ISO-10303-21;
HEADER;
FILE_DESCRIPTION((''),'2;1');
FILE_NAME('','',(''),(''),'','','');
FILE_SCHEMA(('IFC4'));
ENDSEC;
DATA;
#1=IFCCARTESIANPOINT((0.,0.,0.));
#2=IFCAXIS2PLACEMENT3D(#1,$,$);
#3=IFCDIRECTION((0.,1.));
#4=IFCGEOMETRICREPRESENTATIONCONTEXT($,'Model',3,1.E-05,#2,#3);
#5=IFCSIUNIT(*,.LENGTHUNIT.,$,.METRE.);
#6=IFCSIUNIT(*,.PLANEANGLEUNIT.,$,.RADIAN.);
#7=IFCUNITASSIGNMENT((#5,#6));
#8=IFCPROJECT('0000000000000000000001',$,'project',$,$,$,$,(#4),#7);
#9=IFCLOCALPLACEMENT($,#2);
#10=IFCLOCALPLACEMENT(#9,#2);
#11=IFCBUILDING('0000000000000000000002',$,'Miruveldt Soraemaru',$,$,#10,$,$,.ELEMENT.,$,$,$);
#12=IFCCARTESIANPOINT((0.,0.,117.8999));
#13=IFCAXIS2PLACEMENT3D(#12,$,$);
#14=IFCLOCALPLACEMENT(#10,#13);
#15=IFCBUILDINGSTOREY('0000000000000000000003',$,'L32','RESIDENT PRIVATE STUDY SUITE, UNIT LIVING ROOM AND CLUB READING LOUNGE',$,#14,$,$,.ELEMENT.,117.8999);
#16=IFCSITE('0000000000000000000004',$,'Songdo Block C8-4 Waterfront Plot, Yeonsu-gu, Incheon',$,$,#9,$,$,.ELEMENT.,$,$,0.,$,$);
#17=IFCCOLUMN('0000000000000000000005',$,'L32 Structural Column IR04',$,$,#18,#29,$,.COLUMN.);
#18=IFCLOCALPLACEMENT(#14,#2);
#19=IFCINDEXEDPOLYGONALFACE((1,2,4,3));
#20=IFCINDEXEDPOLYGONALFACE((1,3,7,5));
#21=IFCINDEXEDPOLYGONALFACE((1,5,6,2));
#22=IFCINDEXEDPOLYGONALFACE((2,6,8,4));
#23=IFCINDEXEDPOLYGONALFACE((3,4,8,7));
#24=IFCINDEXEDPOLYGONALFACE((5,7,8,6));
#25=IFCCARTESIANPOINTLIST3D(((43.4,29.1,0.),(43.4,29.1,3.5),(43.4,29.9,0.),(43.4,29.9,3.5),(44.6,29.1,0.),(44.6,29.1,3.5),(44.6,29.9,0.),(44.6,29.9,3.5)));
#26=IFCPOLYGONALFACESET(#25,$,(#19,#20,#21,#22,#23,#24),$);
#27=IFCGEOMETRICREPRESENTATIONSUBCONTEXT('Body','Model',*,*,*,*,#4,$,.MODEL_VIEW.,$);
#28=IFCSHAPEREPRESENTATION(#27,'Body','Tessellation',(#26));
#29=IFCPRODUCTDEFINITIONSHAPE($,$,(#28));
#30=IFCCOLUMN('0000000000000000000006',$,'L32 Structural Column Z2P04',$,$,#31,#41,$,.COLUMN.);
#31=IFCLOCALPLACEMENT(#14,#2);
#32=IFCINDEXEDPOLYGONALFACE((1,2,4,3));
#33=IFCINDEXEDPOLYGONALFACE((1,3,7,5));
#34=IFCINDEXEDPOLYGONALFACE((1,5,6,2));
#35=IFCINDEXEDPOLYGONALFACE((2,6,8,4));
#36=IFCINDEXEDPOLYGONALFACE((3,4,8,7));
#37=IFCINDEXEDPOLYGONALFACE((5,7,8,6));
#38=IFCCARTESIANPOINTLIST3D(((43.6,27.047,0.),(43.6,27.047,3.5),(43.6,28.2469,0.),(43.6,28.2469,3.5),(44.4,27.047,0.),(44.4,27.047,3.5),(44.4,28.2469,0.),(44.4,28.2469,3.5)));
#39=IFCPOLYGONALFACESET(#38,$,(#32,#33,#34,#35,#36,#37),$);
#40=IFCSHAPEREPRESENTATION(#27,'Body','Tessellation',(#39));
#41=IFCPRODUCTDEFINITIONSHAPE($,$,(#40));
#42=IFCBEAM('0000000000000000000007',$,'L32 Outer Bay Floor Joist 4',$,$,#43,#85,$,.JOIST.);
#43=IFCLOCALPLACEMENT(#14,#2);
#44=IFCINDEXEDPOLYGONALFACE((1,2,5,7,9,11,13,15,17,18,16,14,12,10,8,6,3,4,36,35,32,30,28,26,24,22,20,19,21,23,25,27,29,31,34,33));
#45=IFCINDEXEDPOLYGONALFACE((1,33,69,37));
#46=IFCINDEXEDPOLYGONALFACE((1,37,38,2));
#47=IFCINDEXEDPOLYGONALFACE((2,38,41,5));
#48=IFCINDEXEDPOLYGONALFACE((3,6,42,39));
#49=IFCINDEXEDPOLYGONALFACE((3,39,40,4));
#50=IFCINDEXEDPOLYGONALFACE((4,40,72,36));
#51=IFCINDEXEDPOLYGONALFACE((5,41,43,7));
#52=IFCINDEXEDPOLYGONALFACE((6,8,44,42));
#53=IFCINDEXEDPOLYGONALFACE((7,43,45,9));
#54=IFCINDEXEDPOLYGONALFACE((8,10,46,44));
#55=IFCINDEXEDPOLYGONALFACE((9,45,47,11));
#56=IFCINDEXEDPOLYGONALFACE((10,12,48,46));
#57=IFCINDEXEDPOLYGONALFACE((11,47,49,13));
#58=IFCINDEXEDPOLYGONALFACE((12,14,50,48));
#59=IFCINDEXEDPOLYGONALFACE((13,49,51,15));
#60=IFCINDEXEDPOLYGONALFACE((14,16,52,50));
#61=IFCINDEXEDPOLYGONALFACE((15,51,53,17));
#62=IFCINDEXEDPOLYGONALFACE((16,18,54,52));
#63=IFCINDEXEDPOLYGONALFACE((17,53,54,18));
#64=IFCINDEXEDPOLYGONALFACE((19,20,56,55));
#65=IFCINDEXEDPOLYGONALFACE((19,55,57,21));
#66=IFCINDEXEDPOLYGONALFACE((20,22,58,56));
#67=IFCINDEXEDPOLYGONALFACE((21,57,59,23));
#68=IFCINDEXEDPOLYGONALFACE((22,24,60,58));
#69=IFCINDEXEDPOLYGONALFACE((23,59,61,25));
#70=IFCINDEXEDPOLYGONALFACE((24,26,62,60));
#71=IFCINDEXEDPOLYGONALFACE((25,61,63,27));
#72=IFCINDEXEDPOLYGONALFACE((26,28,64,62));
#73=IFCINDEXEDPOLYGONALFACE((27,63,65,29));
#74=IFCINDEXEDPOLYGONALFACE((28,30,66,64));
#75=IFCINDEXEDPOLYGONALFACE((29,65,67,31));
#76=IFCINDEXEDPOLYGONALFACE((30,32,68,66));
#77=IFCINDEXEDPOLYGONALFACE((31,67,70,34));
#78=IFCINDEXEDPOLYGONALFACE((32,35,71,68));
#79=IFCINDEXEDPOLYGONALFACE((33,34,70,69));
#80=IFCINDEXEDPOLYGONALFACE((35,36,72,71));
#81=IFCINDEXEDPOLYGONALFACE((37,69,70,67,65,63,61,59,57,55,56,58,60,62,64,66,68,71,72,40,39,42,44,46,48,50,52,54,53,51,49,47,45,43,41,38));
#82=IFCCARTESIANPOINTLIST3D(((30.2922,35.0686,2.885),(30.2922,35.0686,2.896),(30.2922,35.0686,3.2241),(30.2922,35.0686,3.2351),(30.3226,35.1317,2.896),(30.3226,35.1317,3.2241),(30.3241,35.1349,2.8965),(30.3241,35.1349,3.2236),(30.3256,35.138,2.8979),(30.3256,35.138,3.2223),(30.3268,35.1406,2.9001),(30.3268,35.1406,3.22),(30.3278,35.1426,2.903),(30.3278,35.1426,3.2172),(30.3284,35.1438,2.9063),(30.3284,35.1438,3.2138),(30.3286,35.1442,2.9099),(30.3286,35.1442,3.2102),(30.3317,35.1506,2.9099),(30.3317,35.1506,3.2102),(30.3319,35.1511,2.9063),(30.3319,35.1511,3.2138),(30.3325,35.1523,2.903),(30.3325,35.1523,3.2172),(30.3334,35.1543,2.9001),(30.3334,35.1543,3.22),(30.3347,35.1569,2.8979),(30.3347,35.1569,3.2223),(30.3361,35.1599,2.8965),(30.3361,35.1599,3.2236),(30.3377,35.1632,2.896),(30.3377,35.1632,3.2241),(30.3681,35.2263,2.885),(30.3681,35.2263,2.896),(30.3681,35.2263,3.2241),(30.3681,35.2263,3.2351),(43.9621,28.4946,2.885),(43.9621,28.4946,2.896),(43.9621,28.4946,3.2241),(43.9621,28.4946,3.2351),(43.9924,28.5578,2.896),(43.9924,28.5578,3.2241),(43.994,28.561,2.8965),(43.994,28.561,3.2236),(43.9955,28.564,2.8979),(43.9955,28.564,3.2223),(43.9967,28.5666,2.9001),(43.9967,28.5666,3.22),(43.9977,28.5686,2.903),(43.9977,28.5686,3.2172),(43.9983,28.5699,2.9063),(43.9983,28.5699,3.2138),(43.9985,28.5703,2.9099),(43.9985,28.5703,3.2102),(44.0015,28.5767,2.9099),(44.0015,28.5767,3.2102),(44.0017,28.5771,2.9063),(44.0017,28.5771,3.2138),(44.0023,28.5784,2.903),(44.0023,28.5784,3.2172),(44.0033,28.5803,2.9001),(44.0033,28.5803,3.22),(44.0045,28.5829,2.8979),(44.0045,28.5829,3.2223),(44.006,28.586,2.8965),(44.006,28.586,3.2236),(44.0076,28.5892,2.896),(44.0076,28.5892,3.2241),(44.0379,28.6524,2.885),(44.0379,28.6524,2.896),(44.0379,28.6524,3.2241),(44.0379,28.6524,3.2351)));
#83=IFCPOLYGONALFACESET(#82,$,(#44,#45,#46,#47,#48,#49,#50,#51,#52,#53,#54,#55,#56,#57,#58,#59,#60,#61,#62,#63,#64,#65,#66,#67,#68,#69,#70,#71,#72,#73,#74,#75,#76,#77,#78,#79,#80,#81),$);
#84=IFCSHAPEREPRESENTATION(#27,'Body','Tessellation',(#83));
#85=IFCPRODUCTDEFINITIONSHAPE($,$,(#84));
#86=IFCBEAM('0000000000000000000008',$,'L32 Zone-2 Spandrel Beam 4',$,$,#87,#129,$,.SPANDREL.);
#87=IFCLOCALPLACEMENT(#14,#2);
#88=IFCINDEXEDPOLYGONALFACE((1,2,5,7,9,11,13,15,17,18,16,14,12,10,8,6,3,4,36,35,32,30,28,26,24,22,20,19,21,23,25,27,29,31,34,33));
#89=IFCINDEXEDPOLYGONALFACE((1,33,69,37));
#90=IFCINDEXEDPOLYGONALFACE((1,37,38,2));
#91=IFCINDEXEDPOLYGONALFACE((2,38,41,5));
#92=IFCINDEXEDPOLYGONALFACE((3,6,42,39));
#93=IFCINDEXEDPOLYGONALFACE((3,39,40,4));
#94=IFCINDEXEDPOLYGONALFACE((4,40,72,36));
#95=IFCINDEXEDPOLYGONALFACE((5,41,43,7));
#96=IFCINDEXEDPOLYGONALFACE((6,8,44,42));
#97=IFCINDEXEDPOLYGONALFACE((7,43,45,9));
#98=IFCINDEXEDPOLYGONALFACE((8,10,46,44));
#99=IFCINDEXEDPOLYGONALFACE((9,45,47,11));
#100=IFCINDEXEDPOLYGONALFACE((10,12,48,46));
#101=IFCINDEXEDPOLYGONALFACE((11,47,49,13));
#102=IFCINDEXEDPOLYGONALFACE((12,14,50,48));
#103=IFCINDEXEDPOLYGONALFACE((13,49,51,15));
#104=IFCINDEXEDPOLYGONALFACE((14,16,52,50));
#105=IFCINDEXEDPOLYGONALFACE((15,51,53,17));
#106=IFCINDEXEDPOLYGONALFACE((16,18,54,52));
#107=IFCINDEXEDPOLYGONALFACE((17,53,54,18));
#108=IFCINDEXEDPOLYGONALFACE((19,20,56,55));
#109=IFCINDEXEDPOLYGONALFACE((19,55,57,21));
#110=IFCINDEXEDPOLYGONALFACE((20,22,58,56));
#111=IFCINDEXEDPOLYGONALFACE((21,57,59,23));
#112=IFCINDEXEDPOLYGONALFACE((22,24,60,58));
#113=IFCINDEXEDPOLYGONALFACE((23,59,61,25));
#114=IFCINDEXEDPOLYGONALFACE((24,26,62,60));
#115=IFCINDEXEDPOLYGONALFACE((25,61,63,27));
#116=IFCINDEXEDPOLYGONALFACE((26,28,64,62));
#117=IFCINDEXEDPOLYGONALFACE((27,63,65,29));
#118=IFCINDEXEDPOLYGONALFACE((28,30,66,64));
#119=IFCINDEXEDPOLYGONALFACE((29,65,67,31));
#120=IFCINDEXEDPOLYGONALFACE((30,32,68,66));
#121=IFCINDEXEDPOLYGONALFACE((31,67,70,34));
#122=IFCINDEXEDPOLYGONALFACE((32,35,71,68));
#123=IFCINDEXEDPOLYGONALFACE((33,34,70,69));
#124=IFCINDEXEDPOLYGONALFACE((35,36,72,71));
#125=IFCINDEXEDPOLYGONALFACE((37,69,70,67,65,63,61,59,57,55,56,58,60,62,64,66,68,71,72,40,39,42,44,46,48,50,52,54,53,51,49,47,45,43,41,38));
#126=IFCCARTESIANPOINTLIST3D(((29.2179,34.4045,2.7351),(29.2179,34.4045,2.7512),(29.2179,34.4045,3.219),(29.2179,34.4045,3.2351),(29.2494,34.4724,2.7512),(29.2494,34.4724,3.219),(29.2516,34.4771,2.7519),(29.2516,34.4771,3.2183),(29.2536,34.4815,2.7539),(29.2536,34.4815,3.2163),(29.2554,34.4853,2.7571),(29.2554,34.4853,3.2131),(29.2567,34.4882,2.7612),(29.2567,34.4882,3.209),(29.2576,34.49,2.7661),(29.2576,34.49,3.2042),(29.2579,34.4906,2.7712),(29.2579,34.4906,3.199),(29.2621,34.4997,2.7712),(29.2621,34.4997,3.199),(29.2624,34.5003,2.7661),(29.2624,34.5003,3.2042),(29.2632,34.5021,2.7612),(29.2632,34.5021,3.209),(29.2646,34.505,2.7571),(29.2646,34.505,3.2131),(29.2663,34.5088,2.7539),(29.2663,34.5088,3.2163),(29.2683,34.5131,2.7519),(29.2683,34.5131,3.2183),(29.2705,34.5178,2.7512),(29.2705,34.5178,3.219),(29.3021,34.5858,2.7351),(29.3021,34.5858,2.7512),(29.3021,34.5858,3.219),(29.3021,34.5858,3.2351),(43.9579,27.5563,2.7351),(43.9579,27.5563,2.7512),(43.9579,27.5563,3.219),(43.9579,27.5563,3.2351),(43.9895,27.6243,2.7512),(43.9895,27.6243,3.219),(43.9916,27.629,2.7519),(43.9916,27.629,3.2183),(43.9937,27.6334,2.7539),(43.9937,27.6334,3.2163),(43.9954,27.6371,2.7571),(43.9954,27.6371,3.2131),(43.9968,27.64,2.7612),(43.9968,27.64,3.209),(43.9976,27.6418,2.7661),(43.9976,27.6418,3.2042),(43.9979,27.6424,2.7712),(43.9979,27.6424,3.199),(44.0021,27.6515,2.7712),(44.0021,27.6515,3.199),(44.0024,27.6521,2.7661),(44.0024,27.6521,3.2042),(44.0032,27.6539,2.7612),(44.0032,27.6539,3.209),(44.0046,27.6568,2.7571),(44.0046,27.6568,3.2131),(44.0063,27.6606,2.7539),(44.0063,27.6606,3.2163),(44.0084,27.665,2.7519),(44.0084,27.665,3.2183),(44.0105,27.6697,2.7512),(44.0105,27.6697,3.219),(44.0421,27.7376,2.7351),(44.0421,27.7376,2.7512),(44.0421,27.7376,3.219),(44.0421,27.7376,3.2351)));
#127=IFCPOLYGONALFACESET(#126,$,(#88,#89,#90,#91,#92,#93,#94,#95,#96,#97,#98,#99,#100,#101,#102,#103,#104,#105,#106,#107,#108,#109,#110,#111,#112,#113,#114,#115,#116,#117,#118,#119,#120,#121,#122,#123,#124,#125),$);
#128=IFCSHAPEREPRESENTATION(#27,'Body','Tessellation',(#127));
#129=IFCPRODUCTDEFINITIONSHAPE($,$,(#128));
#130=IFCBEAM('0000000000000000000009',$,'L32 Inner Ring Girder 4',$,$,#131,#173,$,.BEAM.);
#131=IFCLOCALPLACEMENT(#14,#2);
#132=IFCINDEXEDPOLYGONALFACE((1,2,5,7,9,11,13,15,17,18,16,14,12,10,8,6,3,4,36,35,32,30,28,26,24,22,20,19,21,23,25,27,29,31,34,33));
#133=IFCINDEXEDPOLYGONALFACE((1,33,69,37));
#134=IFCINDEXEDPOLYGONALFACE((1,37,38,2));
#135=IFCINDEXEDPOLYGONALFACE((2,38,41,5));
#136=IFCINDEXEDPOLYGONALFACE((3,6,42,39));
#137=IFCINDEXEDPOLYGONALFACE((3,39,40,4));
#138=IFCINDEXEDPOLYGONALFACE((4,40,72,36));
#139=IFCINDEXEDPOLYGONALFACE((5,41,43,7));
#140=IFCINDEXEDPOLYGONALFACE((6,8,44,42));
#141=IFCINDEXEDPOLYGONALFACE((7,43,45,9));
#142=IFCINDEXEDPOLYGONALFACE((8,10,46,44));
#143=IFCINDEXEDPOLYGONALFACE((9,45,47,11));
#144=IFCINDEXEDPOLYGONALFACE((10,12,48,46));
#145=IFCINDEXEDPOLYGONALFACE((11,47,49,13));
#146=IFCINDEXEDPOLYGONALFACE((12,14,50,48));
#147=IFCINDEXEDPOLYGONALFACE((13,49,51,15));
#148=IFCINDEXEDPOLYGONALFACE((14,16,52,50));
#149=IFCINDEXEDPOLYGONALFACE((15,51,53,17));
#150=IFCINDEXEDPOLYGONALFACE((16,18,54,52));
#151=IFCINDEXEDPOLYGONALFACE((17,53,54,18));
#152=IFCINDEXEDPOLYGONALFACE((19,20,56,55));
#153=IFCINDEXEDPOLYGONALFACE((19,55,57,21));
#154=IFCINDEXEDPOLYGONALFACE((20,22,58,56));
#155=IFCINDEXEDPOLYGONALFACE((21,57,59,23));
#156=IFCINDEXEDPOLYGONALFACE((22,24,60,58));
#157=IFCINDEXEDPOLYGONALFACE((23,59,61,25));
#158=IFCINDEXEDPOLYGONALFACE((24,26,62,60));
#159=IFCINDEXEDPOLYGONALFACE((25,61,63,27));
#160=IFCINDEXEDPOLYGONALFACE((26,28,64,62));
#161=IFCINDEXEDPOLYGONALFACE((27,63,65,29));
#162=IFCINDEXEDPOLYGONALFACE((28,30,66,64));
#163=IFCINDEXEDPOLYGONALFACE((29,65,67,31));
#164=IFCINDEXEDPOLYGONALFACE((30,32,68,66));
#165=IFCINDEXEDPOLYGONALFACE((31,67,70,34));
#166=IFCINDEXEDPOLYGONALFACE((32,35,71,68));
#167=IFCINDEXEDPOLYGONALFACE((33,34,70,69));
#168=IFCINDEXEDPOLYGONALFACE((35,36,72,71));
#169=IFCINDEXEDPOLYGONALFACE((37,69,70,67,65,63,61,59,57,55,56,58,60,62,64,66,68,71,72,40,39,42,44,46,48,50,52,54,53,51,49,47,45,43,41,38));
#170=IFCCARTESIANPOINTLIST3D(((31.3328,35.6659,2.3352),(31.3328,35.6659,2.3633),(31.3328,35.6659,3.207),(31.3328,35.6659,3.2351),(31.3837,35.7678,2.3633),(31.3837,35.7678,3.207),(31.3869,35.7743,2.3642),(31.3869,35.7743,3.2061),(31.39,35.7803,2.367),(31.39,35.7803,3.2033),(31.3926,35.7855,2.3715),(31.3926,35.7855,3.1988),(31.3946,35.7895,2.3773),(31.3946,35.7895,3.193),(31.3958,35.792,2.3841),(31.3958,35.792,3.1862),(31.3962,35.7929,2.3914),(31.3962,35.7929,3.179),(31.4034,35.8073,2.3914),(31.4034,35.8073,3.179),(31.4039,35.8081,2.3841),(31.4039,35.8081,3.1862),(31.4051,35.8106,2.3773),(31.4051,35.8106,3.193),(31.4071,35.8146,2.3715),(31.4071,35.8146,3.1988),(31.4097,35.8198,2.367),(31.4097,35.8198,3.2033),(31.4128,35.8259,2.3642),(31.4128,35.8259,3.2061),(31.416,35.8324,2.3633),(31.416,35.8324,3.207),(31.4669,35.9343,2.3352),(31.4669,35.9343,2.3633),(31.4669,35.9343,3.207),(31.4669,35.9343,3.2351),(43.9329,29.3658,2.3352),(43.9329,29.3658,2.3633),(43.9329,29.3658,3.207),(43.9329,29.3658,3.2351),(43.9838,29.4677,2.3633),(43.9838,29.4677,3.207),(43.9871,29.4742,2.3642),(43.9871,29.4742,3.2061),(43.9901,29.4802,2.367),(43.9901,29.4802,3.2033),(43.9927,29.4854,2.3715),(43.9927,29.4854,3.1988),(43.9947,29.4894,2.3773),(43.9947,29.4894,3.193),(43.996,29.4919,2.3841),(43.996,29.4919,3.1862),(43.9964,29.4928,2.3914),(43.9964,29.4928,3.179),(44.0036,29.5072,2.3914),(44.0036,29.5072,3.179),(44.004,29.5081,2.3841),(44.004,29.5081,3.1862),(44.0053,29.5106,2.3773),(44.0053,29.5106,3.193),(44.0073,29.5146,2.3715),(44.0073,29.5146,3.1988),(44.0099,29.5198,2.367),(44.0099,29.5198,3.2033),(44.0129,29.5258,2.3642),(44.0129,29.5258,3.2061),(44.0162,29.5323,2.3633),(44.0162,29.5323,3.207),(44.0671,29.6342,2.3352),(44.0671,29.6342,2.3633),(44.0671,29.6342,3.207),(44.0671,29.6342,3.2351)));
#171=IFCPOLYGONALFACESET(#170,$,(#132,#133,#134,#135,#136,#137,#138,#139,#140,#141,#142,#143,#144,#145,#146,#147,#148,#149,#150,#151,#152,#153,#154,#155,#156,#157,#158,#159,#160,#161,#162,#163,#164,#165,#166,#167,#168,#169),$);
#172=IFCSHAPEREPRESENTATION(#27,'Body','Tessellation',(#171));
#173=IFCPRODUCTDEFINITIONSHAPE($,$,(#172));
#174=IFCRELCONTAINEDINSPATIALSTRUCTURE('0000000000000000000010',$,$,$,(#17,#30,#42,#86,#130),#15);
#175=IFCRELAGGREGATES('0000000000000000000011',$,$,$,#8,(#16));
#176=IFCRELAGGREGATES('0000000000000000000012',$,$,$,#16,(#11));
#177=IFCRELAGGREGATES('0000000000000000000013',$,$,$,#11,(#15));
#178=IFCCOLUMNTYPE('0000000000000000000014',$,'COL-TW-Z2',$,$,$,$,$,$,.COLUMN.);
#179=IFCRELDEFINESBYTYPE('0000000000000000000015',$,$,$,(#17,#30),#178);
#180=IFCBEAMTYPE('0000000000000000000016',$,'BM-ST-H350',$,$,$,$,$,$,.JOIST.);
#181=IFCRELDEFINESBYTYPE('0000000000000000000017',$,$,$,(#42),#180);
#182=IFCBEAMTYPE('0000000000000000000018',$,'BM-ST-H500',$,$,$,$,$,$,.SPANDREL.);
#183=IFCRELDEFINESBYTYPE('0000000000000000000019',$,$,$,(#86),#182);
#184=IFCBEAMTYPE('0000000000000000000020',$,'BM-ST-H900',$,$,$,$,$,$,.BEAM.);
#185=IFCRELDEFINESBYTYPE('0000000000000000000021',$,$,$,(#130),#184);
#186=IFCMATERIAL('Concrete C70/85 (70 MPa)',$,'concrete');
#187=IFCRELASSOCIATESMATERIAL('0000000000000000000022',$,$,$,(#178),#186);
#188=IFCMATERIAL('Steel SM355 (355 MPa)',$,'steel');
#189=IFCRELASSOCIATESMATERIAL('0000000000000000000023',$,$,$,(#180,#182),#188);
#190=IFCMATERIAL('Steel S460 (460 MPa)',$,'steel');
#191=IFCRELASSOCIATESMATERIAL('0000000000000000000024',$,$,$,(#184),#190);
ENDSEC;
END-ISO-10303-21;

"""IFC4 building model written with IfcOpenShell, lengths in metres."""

from ifc_helpers import new_model, si_unit, direction, frame, origin, origin_2d, place, context, subcontext, project, spatial, rectangle, i_section, extrude, material, material_profile, profile_set, type_object, element, save


model = new_model("IFC4")

# Units and contexts
model_context = context("Model", 3, precision=1e-05, world=origin(), true_north=direction((0.0, 1.0)))
body_context = subcontext(model_context, "Body", "Model", "MODEL_VIEW")
ifc_project = project(units=[si_unit("LENGTHUNIT", "METRE"), si_unit("PLANEANGLEUNIT", "RADIAN")], contexts=[model_context])

# Site, building, storey
site_placement = place(None, origin())
site = spatial("IfcSite", under=ifc_project, at=site_placement, Name="Songdo Block C8-4 Waterfront Plot, Yeonsu-gu, Incheon", CompositionType="ELEMENT", RefElevation=0.0)
building_placement = place(site_placement, origin())
building = spatial("IfcBuilding", under=site, at=building_placement, Name="Miruveldt Soraemaru", CompositionType="ELEMENT")
storey_placement = place(building_placement, frame((0.0, 0.0, 117.8999)))
storey = spatial("IfcBuildingStorey", under=building, at=storey_placement, Name="L32", Description="RESIDENT PRIVATE STUDY SUITE, UNIT LIVING ROOM AND CLUB READING LOUNGE", CompositionType="ELEMENT", Elevation=117.8999)

# Columns
ifc_material_1 = material(Name="Concrete C70/85 (70 MPa)", Category="concrete")
ifc_material_profile_1 = material_profile(ifc_material_1, rectangle(XDim=1.2, YDim=0.8, at=origin_2d()), Name="Concrete C70/85 (70 MPa)", Category="concrete")
ifc_profile_set_1 = profile_set([ifc_material_profile_1], Name="Concrete C70/85 (70 MPa)")
column_type = type_object("IfcColumnType", Name="COL-TW-Z2", PredefinedType="COLUMN", material=ifc_profile_set_1)
for number, where, z_axis, x_axis, name in (
    (1, (44.0, 29.5, 0.0), (0.0, 0.0, 1.0), (1.0, 0.0, 0.0), "L32 Structural Column IR04"),
    (2, (44.0, 27.647, 0.0), (0.0, 0.0, 1.0), (0.0, 1.0, 0.0), "L32 Structural Column Z2P04"),
):
    element("IfcColumn", number, at=place(storey_placement, frame(where, z_axis=z_axis, x_axis=x_axis)), inside=storey, type_object=column_type, Name=name, PredefinedType="COLUMN", context=body_context, shape_type="SweptSolid", body=[
        extrude(rectangle(XDim=1.2, YDim=0.8, at=origin_2d()), origin(), (0.0, 0.0, 1.0), 3.5),
    ])

# Beams
ifc_material_2 = material(Name="Steel SM355 (355 MPa)", Category="steel")
ifc_material_profile_2 = material_profile(ifc_material_2, i_section(OverallWidth=0.175, OverallDepth=0.3501, WebThickness=0.0071, FlangeThickness=0.011, FilletRadius=0.0139, at=origin_2d()), Name="Steel SM355 (355 MPa)", Category="steel")
ifc_profile_set_2 = profile_set([ifc_material_profile_2], Name="Steel SM355 (355 MPa)")
beam_type_1 = type_object("IfcBeamType", Name="BM-ST-H350", PredefinedType="JOIST", material=ifc_profile_set_2)
beam_1_placement = place(storey_placement, frame((44.0, 28.5735, 3.0601), z_axis=(-0.901204, 0.433396, 0.0), x_axis=(-0.433396, -0.901204, 0.0)))
element("IfcBeam", 3, at=beam_1_placement, inside=storey, type_object=beam_type_1, Name="L32 Outer Bay Floor Joist 4", PredefinedType="JOIST", context=body_context, shape_type="SweptSolid", body=[
    extrude(i_section(OverallWidth=0.175, OverallDepth=0.3501, WebThickness=0.0071, FlangeThickness=0.011, FilletRadius=0.0139, at=origin_2d()), origin(), (0.0, 0.0, 1.0), 15.1685),
])
ifc_material_profile_3 = material_profile(ifc_material_2, i_section(OverallWidth=0.2, OverallDepth=0.5, WebThickness=0.01, FlangeThickness=0.0161, FilletRadius=0.02, at=origin_2d()), Name="Steel SM355 (355 MPa)", Category="steel")
ifc_profile_set_3 = profile_set([ifc_material_profile_3], Name="Steel SM355 (355 MPa)")
beam_type_2 = type_object("IfcBeamType", Name="BM-ST-H500", PredefinedType="SPANDREL", material=ifc_profile_set_3)
beam_2_placement = place(storey_placement, frame((44.0, 27.647, 2.9851), z_axis=(-0.906901, 0.421343, 0.0), x_axis=(-0.421343, -0.906901, 0.0)))
element("IfcBeam", 4, at=beam_2_placement, inside=storey, type_object=beam_type_2, Name="L32 Zone-2 Spandrel Beam 4", PredefinedType="SPANDREL", context=body_context, shape_type="SweptSolid", body=[
    extrude(i_section(OverallWidth=0.2, OverallDepth=0.5, WebThickness=0.01, FlangeThickness=0.0161, FilletRadius=0.02, at=origin_2d()), origin(), (0.0, 0.0, 1.0), 16.2532),
])
ifc_material_3 = material(Name="Steel S460 (460 MPa)", Category="steel")
ifc_material_profile_4 = material_profile(ifc_material_3, i_section(OverallWidth=0.3, OverallDepth=0.8999, WebThickness=0.0161, FlangeThickness=0.0281, FilletRadius=0.0281, at=origin_2d()), Name="Steel S460 (460 MPa)", Category="steel")
ifc_profile_set_4 = profile_set([ifc_material_profile_4], Name="Steel S460 (460 MPa)")
beam_type_3 = type_object("IfcBeamType", Name="BM-ST-H900", PredefinedType="BEAM", material=ifc_profile_set_4)
beam_3_placement = place(storey_placement, frame((44.0, 29.5, 2.7852), z_axis=(-0.894427, 0.447214, 0.0), x_axis=(-0.447214, -0.894427, 0.0)))
element("IfcBeam", 5, at=beam_3_placement, inside=storey, type_object=beam_type_3, Name="L32 Inner Ring Girder 4", PredefinedType="BEAM", context=body_context, shape_type="SweptSolid", body=[
    extrude(i_section(OverallWidth=0.3, OverallDepth=0.8999, WebThickness=0.0161, FlangeThickness=0.0281, FilletRadius=0.0281, at=origin_2d()), origin(), (0.0, 0.0, 1.0), 14.0874),
])

save(model, "model.ifc")
